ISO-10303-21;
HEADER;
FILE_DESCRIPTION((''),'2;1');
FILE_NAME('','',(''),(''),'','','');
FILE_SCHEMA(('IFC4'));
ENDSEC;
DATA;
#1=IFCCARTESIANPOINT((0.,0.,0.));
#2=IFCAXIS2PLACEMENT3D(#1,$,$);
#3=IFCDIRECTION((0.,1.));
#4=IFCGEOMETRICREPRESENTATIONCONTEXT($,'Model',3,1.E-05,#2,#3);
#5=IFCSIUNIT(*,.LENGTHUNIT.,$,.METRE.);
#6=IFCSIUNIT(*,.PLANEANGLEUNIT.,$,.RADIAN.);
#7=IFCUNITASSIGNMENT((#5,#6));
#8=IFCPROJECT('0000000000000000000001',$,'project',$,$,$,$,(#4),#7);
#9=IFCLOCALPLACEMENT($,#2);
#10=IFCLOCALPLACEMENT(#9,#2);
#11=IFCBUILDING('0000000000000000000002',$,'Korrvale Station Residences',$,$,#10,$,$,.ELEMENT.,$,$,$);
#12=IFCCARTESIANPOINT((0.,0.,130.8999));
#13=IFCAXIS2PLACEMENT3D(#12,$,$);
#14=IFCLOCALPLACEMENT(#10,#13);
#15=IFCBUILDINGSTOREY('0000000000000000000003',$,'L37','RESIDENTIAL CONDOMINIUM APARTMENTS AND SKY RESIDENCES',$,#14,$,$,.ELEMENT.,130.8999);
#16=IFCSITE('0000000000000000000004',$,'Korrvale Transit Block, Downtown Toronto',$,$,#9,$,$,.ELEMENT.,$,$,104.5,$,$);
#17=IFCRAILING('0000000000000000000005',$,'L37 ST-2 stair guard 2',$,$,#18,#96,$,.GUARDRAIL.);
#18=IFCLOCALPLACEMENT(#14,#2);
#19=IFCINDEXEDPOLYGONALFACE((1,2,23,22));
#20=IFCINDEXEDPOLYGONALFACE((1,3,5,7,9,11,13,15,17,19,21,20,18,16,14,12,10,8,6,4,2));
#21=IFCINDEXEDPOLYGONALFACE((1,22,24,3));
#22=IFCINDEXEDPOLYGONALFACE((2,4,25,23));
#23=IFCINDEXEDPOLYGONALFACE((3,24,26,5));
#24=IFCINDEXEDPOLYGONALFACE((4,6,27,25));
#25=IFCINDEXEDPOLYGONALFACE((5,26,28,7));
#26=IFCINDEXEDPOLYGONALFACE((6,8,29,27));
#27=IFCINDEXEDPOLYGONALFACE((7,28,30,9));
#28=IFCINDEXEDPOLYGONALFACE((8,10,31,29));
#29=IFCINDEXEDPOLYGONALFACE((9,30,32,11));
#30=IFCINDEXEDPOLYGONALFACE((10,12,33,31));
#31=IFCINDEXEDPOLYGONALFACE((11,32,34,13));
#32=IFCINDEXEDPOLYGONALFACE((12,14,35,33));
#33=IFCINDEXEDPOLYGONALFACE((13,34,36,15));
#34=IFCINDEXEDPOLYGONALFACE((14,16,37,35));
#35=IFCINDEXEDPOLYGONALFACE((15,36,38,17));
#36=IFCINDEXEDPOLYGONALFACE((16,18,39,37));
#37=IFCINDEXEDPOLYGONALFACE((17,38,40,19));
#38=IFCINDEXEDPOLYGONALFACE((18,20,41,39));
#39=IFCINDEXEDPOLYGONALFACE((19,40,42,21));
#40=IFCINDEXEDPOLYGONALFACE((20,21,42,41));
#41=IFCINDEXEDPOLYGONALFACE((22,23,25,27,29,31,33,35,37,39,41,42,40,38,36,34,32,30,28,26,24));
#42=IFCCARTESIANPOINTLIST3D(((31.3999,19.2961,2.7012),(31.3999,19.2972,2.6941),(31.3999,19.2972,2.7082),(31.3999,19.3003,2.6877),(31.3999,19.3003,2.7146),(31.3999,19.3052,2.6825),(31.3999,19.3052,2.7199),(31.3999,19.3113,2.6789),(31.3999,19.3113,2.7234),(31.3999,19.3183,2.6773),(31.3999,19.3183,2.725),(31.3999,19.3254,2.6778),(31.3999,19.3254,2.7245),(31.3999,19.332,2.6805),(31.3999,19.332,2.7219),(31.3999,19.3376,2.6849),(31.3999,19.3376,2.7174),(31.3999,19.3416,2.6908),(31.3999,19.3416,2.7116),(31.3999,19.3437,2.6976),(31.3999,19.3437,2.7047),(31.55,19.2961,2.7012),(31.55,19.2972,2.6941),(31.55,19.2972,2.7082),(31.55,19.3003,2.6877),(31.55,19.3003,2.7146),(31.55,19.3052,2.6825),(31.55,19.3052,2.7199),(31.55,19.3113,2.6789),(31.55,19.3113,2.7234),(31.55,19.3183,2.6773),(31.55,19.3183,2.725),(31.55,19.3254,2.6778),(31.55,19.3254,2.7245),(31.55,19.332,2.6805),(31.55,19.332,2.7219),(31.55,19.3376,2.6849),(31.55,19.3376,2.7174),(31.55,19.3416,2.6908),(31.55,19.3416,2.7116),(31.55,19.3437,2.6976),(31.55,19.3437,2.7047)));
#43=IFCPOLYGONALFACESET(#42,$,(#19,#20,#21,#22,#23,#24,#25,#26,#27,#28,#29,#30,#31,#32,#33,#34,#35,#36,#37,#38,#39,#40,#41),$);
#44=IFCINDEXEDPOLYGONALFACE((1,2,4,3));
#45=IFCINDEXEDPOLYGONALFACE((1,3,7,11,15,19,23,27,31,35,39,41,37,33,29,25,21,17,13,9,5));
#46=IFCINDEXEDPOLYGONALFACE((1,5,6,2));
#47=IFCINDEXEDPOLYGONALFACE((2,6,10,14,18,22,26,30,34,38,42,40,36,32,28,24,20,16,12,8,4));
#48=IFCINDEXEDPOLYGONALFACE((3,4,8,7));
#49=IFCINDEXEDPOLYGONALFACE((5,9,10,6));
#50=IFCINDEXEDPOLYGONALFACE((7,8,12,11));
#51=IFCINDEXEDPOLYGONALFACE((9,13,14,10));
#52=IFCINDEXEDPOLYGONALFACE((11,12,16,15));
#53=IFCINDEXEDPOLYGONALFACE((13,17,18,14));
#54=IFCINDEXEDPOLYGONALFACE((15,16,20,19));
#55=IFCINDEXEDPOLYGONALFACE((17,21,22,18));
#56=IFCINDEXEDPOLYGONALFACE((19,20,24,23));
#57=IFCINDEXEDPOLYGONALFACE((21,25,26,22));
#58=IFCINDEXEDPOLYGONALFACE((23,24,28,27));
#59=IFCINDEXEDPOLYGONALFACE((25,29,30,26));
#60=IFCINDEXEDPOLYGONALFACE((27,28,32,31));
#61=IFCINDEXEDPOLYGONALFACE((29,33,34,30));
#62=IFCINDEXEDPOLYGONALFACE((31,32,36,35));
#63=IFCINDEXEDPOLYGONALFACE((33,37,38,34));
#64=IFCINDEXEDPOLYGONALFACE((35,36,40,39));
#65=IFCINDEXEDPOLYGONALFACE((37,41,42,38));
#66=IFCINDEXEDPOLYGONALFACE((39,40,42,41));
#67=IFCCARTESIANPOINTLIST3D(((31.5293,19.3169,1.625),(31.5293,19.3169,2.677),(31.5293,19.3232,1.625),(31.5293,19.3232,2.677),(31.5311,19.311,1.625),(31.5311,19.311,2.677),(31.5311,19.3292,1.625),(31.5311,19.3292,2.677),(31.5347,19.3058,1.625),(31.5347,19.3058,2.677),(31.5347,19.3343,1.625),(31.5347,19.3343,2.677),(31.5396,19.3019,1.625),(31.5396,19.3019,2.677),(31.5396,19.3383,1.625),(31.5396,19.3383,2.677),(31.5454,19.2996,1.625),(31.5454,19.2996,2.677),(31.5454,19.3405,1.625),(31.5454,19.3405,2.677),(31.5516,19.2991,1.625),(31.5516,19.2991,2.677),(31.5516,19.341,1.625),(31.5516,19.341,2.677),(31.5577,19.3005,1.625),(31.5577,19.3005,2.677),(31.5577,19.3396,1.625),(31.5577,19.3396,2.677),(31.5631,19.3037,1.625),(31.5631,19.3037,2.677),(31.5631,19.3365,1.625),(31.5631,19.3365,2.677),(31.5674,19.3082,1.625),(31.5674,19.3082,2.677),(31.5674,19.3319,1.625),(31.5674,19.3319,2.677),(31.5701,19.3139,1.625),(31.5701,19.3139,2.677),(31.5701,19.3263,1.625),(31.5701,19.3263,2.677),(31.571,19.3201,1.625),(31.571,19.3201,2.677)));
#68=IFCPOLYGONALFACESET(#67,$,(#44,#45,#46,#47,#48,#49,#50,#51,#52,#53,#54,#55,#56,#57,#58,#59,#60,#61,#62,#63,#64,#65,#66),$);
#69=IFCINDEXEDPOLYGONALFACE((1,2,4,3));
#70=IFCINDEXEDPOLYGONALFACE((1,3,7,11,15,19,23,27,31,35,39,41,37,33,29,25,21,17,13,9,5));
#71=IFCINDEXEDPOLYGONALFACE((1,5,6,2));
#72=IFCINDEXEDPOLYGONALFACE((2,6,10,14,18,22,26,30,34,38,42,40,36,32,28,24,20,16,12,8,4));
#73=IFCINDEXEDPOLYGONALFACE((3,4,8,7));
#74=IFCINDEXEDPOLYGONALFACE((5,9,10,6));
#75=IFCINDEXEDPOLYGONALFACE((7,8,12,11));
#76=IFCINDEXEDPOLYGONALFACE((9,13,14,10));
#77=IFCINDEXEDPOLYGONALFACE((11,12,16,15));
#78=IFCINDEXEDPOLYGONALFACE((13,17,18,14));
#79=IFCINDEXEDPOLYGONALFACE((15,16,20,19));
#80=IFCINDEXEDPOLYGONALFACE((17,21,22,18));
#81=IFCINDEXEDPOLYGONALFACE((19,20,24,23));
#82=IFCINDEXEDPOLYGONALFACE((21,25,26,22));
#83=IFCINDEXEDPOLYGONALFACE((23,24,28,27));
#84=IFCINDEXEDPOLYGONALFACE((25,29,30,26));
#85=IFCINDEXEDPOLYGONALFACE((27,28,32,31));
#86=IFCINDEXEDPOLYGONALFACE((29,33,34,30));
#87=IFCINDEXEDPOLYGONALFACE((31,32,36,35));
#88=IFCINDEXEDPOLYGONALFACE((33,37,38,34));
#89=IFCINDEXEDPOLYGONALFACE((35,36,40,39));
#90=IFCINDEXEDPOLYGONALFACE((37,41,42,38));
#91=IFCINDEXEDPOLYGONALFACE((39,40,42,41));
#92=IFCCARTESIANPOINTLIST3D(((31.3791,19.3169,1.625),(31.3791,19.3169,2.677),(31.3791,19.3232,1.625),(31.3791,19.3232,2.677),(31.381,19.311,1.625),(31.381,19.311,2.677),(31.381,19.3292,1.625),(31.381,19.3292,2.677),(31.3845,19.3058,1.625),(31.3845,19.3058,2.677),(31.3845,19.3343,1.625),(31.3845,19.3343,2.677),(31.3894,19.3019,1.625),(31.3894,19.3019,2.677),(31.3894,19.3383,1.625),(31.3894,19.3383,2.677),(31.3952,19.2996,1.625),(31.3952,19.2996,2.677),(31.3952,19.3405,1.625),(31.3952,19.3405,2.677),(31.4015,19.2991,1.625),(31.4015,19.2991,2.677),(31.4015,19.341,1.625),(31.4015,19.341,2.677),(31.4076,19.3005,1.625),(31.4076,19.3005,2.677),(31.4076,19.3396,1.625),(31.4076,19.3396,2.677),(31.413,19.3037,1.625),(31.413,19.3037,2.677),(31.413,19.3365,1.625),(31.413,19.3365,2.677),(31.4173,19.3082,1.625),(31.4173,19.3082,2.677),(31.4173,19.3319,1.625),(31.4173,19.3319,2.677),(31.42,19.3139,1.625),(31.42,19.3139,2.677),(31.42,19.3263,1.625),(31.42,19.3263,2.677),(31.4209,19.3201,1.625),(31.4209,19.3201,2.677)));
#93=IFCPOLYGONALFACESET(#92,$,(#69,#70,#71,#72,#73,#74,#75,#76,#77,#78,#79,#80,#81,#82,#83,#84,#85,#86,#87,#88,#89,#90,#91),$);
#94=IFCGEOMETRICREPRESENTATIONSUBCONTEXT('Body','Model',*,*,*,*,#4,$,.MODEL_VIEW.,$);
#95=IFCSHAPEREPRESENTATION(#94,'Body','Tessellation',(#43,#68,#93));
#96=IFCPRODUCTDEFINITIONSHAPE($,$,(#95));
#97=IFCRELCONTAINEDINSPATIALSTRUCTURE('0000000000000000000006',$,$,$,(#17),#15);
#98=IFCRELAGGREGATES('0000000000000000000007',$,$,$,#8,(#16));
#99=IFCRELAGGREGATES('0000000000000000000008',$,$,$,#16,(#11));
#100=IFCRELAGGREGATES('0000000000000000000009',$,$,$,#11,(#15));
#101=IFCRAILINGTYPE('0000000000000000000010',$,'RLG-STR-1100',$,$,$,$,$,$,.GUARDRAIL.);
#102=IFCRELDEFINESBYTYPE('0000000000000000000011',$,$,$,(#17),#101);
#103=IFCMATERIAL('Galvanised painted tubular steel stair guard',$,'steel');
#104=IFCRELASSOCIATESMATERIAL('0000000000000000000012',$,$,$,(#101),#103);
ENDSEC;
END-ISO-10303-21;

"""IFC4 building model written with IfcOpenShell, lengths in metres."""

from ifc_helpers import new_model, si_unit, direction, frame, origin, origin_2d, place, context, subcontext, project, spatial, circle, extrude, material, type_object, element, save


model = new_model("IFC4")

# Units and contexts
model_context = context("Model", 3, precision=1e-05, world=origin(), true_north=direction((0.0, 1.0)))
body_context = subcontext(model_context, "Body", "Model", "MODEL_VIEW")
ifc_project = project(units=[si_unit("LENGTHUNIT", "METRE"), si_unit("PLANEANGLEUNIT", "RADIAN")], contexts=[model_context])

# Site, building, storey
site_placement = place(None, origin())
site = spatial("IfcSite", under=ifc_project, at=site_placement, Name="Korrvale Transit Block, Downtown Toronto", CompositionType="ELEMENT", RefElevation=104.5)
building_placement = place(site_placement, origin())
building = spatial("IfcBuilding", under=site, at=building_placement, Name="Korrvale Station Residences", CompositionType="ELEMENT")
storey_placement = place(building_placement, frame((0.0, 0.0, 130.8999)))
storey = spatial("IfcBuildingStorey", under=building, at=storey_placement, Name="L37", Description="RESIDENTIAL CONDOMINIUM APARTMENTS AND SKY RESIDENCES", CompositionType="ELEMENT", Elevation=130.8999)

# Railing
ifc_material_1 = material(Name="Galvanised painted tubular steel stair guard", Category="steel")
railing_type_1 = type_object("IfcRailingType", Name="RLG-STR-1100", PredefinedType="GUARDRAIL", material=ifc_material_1)
railing_1_placement = place(storey_placement, frame((31.55, 19.3201, 1.625)))
element("IfcRailing", 1, at=railing_1_placement, inside=storey, type_object=railing_type_1, Name="L37 ST-2 stair guard 2", PredefinedType="GUARDRAIL", context=body_context, shape_type="SweptSolid", body=[
    extrude(circle(Radius=0.0239, at=origin_2d()), frame((0.0, 0.0, 1.0762), z_axis=(-1.0, 0.0, 0.0), x_axis=(0.0, -1.0, 0.0)), (0.0, 0.0, 1.0), 0.1501),
    extrude(circle(Radius=0.021, at=origin_2d()), origin(), (0.0, 0.0, 1.0), 1.052),
    extrude(circle(Radius=0.021, at=origin_2d()), frame((-0.1501, 0.0, 0.0)), (0.0, 0.0, 1.0), 1.052),
])

save(model, "model.ifc")
